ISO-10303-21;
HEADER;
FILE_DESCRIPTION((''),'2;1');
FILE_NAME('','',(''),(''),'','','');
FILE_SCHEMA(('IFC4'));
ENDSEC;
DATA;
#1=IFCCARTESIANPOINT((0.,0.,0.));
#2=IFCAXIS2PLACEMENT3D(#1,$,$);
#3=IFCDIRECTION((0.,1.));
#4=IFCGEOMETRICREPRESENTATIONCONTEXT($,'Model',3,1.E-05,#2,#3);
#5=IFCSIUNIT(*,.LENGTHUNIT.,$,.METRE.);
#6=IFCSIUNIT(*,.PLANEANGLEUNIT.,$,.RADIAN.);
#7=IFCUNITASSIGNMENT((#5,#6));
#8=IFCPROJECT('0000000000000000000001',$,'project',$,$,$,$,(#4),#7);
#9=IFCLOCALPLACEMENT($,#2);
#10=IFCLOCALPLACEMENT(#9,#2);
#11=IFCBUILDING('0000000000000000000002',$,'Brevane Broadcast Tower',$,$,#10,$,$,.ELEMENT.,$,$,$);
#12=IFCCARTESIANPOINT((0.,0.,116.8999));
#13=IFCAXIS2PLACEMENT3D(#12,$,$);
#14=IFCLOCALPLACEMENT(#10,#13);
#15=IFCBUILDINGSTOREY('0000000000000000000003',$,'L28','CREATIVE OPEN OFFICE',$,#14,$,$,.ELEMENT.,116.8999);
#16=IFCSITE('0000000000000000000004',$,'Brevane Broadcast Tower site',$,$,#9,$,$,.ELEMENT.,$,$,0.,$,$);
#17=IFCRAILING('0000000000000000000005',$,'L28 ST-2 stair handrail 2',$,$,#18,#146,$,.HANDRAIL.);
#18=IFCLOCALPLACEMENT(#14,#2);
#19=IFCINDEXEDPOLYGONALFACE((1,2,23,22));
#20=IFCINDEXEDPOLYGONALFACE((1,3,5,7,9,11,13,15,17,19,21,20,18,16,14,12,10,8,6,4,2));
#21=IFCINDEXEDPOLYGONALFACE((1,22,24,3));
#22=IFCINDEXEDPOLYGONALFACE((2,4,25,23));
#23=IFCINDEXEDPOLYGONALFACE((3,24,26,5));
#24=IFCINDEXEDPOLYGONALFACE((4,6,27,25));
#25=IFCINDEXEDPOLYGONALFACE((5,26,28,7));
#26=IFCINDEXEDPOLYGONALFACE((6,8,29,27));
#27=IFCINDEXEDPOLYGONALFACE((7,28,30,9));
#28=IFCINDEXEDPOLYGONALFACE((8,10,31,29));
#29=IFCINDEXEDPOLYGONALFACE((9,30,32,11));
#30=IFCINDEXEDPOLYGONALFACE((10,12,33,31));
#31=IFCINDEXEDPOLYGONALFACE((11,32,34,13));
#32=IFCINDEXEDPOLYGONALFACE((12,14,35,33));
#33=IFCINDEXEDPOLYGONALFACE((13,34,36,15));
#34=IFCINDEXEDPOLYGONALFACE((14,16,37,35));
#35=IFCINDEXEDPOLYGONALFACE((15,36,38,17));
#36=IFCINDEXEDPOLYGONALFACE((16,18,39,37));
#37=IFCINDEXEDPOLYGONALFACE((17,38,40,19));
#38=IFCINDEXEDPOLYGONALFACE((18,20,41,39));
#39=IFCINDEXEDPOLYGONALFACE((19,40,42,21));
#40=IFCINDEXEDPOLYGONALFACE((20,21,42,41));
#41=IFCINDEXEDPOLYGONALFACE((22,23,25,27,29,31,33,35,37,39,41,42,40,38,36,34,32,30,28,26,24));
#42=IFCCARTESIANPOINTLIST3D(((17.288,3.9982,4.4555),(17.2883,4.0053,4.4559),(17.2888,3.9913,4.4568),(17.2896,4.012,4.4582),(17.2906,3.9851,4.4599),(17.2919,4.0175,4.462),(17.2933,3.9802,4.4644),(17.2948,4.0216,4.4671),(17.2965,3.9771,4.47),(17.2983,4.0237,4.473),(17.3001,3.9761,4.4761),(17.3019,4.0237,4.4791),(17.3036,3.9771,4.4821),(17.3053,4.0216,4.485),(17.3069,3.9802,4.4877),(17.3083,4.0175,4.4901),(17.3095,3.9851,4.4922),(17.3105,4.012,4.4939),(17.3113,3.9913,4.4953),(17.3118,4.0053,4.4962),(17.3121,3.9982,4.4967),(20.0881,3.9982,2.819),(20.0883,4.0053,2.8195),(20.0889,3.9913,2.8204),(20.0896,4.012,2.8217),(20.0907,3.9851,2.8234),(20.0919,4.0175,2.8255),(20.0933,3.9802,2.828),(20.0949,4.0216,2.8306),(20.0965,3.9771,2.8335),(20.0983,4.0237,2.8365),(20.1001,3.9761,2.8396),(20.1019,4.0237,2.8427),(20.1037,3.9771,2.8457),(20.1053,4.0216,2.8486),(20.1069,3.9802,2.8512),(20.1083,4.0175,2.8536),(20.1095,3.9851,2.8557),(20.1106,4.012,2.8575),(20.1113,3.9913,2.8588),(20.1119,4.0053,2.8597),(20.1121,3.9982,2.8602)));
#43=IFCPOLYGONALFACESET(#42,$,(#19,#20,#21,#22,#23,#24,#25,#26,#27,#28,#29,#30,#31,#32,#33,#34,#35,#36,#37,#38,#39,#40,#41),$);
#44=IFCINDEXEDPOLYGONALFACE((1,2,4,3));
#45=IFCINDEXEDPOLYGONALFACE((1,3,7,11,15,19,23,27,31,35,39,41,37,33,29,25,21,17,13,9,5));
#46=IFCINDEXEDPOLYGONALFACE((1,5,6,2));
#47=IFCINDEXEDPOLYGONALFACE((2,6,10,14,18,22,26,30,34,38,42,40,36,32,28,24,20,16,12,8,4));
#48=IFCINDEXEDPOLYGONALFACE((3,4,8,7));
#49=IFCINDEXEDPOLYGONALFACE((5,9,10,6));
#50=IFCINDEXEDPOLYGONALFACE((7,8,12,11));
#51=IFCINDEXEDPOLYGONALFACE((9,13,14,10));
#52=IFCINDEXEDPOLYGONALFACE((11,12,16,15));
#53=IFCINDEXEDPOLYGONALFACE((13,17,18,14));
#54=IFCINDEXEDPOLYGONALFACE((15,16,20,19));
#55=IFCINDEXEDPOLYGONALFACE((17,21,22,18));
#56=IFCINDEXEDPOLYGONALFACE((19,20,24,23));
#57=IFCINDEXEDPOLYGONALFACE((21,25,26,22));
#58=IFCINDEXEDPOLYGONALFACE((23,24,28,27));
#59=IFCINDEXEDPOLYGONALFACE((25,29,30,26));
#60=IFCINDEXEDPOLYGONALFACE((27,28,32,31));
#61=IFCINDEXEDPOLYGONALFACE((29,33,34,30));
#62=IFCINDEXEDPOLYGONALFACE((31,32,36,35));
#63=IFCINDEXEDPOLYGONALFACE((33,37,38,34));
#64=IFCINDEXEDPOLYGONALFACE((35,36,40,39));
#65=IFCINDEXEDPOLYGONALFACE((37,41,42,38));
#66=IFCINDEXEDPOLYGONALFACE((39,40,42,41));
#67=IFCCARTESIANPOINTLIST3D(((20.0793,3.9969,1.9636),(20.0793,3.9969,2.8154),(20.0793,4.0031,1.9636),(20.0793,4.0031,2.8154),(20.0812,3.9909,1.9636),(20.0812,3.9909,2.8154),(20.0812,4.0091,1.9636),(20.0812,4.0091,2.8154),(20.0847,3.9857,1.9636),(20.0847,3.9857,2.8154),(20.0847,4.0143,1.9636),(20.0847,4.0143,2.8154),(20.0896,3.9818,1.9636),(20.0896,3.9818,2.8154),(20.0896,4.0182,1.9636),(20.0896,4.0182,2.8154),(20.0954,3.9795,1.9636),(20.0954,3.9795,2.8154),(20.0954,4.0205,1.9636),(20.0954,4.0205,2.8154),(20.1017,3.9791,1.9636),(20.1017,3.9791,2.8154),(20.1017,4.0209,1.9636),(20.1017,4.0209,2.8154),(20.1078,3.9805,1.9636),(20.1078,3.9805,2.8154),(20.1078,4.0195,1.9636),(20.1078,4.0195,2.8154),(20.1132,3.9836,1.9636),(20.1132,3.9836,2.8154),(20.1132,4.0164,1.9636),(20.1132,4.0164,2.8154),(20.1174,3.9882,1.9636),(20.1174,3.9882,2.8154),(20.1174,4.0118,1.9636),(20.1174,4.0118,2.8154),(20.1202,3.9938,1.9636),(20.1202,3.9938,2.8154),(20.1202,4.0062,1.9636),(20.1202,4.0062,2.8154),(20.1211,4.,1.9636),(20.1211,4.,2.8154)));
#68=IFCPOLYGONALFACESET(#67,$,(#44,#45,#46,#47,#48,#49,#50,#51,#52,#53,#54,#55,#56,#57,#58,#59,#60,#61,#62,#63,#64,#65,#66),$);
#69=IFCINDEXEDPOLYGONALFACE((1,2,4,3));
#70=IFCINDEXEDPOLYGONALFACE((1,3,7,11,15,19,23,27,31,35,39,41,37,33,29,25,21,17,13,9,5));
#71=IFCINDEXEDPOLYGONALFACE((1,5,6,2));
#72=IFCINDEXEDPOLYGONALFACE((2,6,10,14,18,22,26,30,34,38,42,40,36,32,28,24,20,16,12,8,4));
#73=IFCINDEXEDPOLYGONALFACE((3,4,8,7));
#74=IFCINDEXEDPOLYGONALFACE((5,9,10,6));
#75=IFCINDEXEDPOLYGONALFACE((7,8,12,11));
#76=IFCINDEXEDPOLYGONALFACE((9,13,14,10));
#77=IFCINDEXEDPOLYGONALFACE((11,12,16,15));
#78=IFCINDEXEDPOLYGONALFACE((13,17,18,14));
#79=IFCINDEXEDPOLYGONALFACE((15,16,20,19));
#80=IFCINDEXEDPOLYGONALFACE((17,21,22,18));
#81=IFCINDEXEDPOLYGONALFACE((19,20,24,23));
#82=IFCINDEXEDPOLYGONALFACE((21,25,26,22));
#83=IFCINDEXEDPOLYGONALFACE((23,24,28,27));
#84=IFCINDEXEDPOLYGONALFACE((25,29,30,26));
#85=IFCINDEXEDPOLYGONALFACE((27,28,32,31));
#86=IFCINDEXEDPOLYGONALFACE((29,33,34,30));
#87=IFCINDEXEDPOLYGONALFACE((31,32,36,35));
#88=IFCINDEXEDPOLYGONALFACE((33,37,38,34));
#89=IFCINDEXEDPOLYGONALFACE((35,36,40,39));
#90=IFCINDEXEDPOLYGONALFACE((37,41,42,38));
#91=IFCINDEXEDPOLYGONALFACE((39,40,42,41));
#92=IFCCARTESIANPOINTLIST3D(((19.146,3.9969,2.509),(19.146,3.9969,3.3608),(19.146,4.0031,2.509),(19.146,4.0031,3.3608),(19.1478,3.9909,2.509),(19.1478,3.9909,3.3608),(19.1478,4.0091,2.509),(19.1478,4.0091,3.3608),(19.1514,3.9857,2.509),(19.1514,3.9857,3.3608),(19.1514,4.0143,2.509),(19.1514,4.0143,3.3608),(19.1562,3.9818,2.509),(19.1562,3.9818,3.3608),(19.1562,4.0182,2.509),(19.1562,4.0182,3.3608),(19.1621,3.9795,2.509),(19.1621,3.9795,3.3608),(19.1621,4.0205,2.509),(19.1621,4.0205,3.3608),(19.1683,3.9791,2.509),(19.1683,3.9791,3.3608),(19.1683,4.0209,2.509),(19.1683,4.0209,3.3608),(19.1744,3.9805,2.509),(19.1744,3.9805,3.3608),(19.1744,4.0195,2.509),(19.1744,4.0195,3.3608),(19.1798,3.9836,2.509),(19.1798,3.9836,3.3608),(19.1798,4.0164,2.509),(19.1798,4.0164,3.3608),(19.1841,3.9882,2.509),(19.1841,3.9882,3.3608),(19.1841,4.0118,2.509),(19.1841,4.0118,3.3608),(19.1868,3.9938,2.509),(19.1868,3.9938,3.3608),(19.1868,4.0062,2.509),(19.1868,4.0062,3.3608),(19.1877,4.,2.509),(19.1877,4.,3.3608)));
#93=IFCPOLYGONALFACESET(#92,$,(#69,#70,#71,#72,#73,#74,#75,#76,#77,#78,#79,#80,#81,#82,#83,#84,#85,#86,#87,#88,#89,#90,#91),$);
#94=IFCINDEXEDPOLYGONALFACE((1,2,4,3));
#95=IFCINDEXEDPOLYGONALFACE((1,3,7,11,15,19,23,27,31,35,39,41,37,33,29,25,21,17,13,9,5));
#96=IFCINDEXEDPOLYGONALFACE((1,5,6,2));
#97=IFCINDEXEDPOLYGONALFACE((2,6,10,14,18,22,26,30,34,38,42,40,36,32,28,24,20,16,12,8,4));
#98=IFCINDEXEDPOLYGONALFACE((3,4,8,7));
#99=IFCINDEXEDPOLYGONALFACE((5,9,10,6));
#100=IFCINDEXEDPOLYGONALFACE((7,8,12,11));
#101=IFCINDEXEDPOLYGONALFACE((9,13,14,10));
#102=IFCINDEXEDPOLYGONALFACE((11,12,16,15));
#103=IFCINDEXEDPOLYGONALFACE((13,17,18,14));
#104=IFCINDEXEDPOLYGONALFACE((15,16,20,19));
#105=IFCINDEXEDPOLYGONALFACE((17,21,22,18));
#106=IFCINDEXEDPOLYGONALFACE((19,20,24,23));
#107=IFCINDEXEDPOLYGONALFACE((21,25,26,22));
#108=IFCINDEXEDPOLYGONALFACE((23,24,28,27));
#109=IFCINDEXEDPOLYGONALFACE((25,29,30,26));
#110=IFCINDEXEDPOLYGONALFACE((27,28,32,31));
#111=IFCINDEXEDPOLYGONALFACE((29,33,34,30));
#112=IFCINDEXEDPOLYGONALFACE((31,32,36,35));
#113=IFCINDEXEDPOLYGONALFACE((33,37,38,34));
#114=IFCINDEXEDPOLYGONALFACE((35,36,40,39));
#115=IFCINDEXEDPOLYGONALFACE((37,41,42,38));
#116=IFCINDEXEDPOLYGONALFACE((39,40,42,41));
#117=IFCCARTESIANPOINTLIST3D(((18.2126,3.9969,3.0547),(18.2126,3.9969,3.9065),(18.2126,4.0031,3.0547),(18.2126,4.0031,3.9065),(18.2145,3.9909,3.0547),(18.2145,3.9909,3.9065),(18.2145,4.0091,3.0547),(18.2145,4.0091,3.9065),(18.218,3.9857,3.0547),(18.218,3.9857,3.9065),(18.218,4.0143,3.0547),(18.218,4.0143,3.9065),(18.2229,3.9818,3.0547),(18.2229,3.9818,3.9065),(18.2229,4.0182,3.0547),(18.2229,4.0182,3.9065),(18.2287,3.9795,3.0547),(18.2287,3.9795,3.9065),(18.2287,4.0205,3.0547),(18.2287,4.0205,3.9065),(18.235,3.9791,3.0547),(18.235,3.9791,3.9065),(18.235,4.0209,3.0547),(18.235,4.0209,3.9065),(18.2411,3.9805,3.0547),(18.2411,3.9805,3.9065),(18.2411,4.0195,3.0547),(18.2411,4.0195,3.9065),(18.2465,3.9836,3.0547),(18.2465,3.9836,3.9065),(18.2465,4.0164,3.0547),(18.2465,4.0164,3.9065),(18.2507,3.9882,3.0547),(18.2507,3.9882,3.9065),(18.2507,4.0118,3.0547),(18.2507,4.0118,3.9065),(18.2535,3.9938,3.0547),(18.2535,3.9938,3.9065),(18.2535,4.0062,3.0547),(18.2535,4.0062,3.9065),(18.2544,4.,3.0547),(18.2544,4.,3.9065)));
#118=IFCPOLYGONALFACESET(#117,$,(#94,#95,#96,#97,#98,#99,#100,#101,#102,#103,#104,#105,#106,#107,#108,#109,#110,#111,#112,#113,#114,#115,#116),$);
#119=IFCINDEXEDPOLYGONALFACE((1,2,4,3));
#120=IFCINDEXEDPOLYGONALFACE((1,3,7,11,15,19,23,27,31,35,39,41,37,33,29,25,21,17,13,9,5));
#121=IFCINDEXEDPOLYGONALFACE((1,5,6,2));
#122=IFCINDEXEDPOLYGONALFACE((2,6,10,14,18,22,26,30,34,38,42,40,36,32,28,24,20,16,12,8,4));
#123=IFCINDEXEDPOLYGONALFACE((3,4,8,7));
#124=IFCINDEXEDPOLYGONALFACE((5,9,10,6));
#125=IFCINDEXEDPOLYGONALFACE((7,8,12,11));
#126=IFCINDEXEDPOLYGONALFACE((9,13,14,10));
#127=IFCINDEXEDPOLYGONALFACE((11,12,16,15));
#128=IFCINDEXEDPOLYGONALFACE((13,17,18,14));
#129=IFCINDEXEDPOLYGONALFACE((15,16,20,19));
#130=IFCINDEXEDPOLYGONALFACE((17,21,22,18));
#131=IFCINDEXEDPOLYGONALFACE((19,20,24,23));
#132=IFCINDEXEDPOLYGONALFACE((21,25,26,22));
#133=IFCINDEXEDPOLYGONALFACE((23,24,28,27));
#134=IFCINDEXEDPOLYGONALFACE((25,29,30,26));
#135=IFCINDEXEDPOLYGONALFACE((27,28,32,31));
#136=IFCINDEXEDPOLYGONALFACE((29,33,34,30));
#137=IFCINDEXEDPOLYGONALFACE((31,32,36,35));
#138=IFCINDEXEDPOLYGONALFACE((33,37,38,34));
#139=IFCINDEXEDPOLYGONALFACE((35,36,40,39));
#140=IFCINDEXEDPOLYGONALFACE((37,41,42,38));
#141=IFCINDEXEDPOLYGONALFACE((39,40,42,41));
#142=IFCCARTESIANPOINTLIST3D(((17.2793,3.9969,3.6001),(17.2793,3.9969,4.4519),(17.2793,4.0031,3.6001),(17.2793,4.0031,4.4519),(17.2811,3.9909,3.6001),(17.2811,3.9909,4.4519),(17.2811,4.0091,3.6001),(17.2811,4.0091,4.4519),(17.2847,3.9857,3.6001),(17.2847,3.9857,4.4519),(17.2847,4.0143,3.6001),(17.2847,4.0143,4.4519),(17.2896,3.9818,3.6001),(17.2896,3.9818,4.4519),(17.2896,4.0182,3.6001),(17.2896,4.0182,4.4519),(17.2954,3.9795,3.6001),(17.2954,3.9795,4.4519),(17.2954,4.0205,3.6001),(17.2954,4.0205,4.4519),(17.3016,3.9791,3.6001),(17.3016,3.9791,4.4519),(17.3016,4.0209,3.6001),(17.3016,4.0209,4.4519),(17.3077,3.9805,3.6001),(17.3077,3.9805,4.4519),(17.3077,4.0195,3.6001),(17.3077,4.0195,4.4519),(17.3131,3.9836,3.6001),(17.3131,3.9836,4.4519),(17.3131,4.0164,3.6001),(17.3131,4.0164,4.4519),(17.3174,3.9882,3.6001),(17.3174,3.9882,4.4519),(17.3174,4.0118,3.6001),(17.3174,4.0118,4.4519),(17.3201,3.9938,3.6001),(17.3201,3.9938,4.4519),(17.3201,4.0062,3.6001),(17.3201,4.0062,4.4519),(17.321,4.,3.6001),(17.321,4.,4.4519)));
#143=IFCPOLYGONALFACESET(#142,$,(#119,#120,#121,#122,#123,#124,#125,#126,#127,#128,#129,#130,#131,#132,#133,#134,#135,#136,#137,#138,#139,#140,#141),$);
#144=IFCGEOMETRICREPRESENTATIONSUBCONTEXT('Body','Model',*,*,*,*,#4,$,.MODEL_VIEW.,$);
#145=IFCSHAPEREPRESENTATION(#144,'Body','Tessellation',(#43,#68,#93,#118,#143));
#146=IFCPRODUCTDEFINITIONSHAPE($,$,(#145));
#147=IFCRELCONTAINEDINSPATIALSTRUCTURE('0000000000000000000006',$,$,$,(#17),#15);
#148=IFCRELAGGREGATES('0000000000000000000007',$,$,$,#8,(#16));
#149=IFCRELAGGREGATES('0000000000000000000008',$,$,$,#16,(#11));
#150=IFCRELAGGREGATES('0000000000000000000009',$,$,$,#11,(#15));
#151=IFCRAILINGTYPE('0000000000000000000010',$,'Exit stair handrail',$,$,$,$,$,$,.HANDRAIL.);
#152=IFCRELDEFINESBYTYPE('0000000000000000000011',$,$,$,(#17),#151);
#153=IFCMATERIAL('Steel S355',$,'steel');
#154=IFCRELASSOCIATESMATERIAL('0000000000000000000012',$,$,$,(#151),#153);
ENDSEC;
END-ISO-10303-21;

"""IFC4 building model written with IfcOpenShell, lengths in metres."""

from ifc_helpers import new_model, si_unit, direction, frame, origin, origin_2d, place, context, subcontext, project, spatial, circle, extrude, material, type_object, element, save


model = new_model("IFC4")

# Units and contexts
model_context = context("Model", 3, precision=1e-05, world=origin(), true_north=direction((0.0, 1.0)))
body_context = subcontext(model_context, "Body", "Model", "MODEL_VIEW")
ifc_project = project(units=[si_unit("LENGTHUNIT", "METRE"), si_unit("PLANEANGLEUNIT", "RADIAN")], contexts=[model_context])

# Site, building, storey
site_placement = place(None, origin())
site = spatial("IfcSite", under=ifc_project, at=site_placement, Name="Brevane Broadcast Tower site", CompositionType="ELEMENT", RefElevation=0.0)
building_placement = place(site_placement, origin())
building = spatial("IfcBuilding", under=site, at=building_placement, Name="Brevane Broadcast Tower", CompositionType="ELEMENT")
storey_placement = place(building_placement, frame((0.0, 0.0, 116.8999)))
storey = spatial("IfcBuildingStorey", under=building, at=storey_placement, Name="L28", Description="CREATIVE OPEN OFFICE", CompositionType="ELEMENT", Elevation=116.8999)

# Railing
ifc_material_1 = material(Name="Steel S355", Category="steel")
railing_type_1 = type_object("IfcRailingType", Name="Exit stair handrail", PredefinedType="HANDRAIL", material=ifc_material_1)
railing_1_placement = place(storey_placement, frame((20.1001, 4.0, 1.9636)))
element("IfcRailing", 1, at=railing_1_placement, inside=storey, type_object=railing_type_1, Name="L28 ST-2 stair handrail 2", PredefinedType="HANDRAIL", context=body_context, shape_type="SweptSolid", body=[
    extrude(circle(Radius=0.0239, at=origin_2d()), frame((0.0, 0.0, 0.876), z_axis=(-0.863361, 0.0, 0.504587), x_axis=(0.0, -1.0, 0.0)), (0.0, 0.0, 1.0), 3.2432),
    extrude(circle(Radius=0.021, at=origin_2d()), origin(), (0.0, 0.0, 1.0), 0.8518),
    extrude(circle(Radius=0.021, at=origin_2d()), frame((-0.9333, 0.0, 0.5454)), (0.0, 0.0, 1.0), 0.8518),
    extrude(circle(Radius=0.021, at=origin_2d()), frame((-1.8667, 0.0, 1.0911)), (0.0, 0.0, 1.0), 0.8518),
    extrude(circle(Radius=0.021, at=origin_2d()), frame((-2.8, 0.0, 1.6365)), (0.0, 0.0, 1.0), 0.8518),
])

save(model, "model.ifc")
